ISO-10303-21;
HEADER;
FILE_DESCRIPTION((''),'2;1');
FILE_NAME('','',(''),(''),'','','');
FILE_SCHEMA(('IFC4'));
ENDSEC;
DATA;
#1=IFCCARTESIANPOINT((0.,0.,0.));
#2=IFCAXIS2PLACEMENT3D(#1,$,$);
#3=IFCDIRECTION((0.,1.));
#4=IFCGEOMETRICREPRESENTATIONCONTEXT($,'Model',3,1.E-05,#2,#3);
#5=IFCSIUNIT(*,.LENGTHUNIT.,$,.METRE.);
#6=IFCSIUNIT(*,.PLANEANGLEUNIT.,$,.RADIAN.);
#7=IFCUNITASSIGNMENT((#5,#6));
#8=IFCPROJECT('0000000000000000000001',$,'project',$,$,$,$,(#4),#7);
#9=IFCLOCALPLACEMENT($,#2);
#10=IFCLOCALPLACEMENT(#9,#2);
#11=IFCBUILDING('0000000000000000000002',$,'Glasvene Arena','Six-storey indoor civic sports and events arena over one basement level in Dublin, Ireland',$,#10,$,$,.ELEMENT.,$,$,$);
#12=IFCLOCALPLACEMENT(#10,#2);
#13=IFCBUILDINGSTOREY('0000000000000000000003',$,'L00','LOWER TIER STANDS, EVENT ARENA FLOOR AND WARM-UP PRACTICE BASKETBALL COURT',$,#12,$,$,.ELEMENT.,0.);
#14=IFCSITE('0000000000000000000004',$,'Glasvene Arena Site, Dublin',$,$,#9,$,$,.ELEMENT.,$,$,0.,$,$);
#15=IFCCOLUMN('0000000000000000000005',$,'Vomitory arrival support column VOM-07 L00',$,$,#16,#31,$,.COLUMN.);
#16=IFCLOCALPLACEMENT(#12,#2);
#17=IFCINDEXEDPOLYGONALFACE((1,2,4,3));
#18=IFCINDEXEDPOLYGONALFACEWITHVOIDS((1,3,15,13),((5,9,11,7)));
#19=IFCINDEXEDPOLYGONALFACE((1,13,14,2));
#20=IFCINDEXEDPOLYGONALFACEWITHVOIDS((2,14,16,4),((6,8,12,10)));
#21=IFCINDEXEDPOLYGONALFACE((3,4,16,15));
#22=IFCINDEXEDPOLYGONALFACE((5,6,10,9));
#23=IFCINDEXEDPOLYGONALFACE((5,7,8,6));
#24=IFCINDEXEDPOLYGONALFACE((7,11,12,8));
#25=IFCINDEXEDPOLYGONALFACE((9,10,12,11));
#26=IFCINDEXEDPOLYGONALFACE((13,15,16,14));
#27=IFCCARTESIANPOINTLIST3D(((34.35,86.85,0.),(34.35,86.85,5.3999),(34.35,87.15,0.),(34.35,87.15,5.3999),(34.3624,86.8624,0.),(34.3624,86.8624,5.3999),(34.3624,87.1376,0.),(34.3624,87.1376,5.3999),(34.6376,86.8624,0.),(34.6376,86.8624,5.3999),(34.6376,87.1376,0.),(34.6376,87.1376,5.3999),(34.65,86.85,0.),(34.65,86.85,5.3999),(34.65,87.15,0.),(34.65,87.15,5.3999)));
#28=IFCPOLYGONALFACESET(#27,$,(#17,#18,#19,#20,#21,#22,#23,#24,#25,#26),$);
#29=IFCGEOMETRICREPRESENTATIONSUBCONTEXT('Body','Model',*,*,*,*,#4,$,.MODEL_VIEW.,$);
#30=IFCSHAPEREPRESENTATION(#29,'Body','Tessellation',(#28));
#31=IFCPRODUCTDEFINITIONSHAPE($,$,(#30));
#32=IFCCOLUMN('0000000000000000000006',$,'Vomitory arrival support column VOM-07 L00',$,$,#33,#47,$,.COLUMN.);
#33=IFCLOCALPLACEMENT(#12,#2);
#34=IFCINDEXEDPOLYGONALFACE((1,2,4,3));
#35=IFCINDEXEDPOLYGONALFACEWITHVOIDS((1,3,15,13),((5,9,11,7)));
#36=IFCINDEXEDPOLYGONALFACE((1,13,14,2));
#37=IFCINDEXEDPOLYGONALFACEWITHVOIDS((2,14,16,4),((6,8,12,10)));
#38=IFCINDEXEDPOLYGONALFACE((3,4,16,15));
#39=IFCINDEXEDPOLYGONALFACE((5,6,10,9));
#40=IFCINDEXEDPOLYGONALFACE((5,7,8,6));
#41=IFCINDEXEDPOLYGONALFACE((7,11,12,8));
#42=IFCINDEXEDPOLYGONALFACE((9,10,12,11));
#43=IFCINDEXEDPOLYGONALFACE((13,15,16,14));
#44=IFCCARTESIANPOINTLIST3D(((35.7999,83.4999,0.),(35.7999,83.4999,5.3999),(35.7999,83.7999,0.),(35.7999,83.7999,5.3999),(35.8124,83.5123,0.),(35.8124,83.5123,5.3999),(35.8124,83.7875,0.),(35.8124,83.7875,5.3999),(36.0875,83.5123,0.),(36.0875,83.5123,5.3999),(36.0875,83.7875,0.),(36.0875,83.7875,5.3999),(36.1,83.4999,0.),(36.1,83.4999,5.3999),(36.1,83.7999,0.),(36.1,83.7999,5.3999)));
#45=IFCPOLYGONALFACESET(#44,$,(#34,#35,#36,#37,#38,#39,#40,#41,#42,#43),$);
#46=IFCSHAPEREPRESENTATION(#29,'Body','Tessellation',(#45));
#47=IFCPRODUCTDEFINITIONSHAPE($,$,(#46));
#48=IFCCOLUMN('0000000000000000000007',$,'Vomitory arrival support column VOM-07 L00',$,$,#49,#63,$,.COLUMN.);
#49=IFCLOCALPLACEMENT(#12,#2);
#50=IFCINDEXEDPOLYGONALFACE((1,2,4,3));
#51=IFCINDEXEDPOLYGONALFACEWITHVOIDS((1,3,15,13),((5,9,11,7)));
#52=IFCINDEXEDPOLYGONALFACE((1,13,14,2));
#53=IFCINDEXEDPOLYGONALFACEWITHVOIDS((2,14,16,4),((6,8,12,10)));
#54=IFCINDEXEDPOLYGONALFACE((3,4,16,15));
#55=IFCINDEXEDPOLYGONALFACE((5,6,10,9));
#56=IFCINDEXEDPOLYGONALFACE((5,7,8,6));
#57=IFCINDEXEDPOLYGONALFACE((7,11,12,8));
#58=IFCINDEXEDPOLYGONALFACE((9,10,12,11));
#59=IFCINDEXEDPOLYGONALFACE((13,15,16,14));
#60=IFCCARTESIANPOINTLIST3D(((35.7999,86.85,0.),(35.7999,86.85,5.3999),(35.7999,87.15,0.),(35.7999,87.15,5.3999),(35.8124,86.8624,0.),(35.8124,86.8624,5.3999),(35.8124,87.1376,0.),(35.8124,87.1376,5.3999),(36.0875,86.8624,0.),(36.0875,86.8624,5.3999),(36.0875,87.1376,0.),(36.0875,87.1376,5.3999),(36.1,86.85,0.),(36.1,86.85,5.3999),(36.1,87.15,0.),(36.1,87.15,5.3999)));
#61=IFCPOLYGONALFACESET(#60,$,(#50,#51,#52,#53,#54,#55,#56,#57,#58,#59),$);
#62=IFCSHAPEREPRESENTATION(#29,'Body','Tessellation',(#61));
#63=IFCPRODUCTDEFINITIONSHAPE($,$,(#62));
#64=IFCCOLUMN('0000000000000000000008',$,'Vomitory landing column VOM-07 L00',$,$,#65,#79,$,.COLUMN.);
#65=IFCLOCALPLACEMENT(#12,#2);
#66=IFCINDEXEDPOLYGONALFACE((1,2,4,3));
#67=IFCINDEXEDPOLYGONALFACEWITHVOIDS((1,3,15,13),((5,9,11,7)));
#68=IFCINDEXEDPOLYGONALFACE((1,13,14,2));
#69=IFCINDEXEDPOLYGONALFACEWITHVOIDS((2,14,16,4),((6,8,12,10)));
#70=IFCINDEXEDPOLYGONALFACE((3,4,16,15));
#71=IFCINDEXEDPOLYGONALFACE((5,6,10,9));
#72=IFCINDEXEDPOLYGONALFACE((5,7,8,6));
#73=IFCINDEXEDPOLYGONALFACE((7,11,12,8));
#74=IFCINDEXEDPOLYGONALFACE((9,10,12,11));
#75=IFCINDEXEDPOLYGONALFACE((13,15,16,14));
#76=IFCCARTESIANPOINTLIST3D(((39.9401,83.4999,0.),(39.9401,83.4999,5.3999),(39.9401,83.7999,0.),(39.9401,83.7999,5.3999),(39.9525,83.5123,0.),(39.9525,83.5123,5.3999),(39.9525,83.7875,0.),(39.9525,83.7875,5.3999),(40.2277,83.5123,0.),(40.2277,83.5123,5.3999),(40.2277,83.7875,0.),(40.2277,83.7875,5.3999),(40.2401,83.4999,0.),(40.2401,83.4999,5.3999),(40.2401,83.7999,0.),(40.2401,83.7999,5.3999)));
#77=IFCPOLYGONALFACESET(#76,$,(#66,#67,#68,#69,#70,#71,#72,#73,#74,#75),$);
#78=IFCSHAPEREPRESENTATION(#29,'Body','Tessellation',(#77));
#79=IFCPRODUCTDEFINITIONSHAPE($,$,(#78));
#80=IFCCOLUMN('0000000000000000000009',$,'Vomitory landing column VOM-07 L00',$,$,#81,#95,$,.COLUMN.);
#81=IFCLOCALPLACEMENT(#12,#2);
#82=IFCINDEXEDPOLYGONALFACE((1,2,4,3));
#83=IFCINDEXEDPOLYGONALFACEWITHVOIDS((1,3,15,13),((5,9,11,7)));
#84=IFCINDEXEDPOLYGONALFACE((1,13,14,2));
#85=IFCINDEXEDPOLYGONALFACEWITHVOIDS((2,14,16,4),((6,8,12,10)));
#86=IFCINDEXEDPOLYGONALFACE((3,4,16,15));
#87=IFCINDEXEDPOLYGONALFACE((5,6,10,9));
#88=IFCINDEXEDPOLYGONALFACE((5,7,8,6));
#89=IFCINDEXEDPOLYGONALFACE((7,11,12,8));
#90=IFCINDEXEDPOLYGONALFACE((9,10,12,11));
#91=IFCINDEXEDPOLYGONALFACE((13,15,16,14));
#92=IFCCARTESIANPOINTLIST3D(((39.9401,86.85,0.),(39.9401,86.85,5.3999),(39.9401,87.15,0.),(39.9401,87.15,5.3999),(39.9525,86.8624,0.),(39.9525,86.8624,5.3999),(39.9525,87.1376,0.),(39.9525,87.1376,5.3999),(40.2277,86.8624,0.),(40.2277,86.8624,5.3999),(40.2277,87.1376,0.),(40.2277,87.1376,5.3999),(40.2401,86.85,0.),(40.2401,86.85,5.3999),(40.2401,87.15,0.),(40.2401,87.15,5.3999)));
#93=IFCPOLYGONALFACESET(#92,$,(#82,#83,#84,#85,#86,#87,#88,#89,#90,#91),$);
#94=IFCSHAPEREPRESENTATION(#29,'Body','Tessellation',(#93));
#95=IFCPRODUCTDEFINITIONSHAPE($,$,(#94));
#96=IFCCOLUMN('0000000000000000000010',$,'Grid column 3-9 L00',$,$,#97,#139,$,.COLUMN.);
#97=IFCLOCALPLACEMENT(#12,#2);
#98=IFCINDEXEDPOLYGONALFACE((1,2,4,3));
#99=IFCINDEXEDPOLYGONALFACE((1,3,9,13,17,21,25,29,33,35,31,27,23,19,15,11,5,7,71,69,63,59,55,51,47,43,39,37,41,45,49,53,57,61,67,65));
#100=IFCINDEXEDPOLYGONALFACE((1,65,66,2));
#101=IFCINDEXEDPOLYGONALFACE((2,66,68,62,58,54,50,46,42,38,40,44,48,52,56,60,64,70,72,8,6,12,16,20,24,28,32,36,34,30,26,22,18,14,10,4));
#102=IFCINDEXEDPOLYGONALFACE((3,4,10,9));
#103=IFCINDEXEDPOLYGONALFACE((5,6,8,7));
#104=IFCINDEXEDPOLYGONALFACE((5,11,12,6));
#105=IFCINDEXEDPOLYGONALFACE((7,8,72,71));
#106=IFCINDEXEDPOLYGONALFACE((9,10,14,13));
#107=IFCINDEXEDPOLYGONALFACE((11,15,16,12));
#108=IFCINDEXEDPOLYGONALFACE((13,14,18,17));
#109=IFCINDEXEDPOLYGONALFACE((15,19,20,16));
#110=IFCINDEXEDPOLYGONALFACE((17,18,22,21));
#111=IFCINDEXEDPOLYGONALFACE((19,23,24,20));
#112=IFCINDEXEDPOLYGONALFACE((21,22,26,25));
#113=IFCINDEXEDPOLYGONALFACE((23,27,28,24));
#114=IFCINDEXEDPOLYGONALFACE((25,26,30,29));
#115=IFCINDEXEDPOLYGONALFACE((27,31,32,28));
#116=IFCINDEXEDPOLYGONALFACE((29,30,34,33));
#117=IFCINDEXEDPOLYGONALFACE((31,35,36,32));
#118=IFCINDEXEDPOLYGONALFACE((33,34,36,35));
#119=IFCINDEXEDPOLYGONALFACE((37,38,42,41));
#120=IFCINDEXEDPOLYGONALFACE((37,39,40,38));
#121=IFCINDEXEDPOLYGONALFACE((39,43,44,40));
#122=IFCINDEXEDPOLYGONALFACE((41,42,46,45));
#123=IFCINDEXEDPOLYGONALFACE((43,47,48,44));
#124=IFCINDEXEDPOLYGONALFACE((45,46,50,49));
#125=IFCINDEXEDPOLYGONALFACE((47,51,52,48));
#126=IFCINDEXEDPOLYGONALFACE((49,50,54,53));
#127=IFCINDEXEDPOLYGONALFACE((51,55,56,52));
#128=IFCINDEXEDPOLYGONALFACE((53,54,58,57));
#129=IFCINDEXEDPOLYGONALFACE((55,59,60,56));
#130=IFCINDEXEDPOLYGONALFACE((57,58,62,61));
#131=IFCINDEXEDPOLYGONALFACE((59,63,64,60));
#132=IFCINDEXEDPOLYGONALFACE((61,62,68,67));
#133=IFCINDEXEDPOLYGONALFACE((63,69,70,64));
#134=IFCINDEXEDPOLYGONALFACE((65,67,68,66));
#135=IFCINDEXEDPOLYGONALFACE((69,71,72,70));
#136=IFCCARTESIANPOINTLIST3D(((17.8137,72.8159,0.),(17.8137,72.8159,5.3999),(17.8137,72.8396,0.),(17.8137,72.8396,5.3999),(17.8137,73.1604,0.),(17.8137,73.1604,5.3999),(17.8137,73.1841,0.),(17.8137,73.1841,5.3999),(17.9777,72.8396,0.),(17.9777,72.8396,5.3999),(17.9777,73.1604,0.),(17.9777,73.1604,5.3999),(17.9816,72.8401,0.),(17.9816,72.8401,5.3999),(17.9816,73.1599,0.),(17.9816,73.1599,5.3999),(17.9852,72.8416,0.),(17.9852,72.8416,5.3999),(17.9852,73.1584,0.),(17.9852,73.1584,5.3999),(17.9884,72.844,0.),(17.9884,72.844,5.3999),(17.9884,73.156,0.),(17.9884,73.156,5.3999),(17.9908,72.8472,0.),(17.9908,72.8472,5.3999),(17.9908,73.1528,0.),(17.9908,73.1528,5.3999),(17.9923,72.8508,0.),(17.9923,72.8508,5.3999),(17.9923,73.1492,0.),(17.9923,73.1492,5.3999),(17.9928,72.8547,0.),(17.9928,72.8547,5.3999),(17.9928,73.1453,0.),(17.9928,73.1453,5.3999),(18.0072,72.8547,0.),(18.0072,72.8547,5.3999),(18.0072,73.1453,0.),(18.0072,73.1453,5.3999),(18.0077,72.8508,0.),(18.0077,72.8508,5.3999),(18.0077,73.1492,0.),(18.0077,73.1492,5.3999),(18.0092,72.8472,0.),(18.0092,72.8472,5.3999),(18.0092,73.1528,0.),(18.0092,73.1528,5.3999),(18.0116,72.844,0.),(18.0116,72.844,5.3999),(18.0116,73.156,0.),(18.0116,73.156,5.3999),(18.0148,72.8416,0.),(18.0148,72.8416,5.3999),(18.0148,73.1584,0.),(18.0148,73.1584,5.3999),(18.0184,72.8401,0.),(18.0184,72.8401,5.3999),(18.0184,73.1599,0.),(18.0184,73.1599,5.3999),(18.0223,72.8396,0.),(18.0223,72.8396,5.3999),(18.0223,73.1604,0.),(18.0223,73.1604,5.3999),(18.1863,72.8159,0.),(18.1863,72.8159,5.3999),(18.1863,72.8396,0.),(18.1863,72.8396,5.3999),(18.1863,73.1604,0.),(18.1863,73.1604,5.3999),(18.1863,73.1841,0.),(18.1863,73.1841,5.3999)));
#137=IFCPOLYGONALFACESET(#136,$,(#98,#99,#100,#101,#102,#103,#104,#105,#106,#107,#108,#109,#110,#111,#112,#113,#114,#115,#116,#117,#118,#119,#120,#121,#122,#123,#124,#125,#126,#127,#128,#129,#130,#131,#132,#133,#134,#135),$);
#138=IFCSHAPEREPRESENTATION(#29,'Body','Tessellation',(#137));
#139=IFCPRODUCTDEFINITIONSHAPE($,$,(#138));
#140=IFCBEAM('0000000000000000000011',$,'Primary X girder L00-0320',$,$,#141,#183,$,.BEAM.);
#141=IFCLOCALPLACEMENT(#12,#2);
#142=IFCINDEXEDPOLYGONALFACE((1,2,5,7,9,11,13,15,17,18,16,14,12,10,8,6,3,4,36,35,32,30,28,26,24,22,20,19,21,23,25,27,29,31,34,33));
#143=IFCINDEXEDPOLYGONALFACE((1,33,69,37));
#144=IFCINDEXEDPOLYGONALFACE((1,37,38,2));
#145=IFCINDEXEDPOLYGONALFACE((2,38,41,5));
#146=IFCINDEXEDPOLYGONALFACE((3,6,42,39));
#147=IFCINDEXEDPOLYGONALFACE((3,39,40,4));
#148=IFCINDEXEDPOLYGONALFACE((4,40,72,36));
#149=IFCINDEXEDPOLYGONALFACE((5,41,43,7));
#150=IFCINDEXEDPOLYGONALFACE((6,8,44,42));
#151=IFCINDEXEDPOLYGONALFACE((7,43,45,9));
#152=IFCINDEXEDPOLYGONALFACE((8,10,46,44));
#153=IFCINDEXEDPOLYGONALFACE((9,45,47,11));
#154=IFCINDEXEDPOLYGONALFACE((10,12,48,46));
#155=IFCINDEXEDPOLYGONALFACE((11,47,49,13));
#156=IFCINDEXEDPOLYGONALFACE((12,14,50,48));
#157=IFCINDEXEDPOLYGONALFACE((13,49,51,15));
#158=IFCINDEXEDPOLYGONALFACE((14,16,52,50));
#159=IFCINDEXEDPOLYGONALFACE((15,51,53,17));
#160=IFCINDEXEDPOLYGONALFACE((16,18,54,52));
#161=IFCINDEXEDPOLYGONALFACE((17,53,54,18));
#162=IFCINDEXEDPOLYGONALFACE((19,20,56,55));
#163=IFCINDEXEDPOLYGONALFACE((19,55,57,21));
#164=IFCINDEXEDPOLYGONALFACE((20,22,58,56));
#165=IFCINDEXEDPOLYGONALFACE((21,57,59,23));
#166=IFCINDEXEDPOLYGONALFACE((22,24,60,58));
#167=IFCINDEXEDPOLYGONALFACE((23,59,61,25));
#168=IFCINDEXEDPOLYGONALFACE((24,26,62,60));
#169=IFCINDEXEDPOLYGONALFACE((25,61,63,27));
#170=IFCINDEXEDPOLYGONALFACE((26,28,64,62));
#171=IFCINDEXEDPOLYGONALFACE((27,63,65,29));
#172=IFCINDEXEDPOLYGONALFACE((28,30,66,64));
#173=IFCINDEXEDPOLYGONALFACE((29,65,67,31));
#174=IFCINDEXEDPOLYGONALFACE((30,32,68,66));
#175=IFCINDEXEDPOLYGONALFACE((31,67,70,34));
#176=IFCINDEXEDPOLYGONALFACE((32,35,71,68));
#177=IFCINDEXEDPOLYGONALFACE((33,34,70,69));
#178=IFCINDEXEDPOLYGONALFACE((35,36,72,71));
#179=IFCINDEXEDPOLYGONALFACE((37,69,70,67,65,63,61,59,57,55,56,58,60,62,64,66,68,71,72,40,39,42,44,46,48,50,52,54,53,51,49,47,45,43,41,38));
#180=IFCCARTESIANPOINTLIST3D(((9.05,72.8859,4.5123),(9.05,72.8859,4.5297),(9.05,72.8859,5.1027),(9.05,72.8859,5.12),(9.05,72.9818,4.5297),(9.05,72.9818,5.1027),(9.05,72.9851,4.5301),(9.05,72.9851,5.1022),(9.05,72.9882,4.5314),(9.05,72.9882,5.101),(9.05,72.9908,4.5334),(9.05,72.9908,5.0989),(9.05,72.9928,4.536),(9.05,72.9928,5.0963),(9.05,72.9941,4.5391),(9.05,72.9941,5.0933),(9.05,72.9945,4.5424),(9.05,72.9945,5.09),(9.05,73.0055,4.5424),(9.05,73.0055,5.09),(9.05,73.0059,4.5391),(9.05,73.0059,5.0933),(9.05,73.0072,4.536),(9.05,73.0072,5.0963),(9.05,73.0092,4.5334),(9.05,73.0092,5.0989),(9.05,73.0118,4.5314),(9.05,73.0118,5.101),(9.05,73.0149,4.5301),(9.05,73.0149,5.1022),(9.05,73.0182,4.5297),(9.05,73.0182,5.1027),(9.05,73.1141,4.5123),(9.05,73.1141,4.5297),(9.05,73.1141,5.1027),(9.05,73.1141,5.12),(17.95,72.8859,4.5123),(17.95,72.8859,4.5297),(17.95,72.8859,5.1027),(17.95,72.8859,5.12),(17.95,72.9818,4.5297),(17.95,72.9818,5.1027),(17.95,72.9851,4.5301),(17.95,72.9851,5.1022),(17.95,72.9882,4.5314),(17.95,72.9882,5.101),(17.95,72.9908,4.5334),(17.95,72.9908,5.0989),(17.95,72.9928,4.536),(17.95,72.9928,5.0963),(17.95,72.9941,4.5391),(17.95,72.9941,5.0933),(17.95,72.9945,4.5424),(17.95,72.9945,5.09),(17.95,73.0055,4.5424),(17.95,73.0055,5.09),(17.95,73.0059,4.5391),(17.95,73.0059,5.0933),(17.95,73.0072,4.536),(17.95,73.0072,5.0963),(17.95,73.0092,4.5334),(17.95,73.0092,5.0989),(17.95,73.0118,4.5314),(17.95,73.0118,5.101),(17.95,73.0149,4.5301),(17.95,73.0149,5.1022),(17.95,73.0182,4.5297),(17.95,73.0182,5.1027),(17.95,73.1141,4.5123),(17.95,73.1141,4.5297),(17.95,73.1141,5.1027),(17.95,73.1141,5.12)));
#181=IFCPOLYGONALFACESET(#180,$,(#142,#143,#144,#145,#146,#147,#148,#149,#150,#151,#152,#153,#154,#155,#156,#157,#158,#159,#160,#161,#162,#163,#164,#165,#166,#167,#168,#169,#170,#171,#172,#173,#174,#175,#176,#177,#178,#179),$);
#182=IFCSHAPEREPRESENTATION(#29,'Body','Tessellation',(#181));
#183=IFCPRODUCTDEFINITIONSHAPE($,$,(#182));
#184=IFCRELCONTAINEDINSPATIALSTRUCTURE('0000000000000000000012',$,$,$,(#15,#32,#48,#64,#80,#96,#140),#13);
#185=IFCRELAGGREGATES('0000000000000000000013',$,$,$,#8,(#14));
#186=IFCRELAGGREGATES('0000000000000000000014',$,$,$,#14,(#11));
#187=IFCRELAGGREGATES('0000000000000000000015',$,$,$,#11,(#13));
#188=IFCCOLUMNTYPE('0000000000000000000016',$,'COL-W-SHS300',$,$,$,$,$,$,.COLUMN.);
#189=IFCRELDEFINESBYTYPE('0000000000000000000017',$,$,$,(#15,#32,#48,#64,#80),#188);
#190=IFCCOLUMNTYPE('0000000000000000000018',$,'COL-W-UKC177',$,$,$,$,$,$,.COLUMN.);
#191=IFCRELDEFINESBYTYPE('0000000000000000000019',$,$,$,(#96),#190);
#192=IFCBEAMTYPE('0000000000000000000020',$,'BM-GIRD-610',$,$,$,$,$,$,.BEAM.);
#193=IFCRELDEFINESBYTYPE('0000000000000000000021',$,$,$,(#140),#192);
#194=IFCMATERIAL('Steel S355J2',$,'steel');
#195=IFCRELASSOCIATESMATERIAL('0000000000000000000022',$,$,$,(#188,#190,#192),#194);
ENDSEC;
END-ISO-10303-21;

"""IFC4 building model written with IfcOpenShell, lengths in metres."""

from ifc_helpers import new_model, si_unit, direction, frame, origin, origin_2d, place, context, subcontext, project, spatial, hollow_rectangle, i_section, extrude, material, material_profile, profile_set, type_object, element, save


model = new_model("IFC4")

# Units and contexts
model_context = context("Model", 3, precision=1e-05, world=origin(), true_north=direction((0.0, 1.0)))
body_context = subcontext(model_context, "Body", "Model", "MODEL_VIEW")
ifc_project = project(units=[si_unit("LENGTHUNIT", "METRE"), si_unit("PLANEANGLEUNIT", "RADIAN")], contexts=[model_context])

# Site, building, storey
site_placement = place(None, origin())
site = spatial("IfcSite", under=ifc_project, at=site_placement, Name="Glasvene Arena Site, Dublin", CompositionType="ELEMENT", RefElevation=0.0)
building_placement = place(site_placement, origin())
building = spatial("IfcBuilding", under=site, at=building_placement, Name="Glasvene Arena", Description="Six-storey indoor civic sports and events arena over one basement level in Dublin, Ireland", CompositionType="ELEMENT")
storey_placement = place(building_placement, origin())
storey = spatial("IfcBuildingStorey", under=building, at=storey_placement, Name="L00", Description="LOWER TIER STANDS, EVENT ARENA FLOOR AND WARM-UP PRACTICE BASKETBALL COURT", CompositionType="ELEMENT", Elevation=0.0)

# Columns
ifc_material_1 = material(Name="Steel S355J2", Category="steel")
ifc_material_profile_1 = material_profile(ifc_material_1, hollow_rectangle(XDim=0.3, YDim=0.3, WallThickness=0.0125, at=origin_2d()), Name="SHS 300x300x12.5")
ifc_profile_set_1 = profile_set([ifc_material_profile_1], Name="Steel S355J2")
column_type_1 = type_object("IfcColumnType", Name="COL-W-SHS300", PredefinedType="COLUMN", material=ifc_profile_set_1)
for number, where, z_axis, x_axis, name in (
    (1, (34.5, 87.0, 0.0), (0.0, 0.0, 1.0), (1.0, 0.0, 0.0), "Vomitory arrival support column VOM-07 L00"),
    (2, (35.95, 83.6499, 0.0), (0.0, 0.0, 1.0), (1.0, 0.0, 0.0), "Vomitory arrival support column VOM-07 L00"),
    (3, (35.95, 87.0, 0.0), (0.0, 0.0, 1.0), (1.0, 0.0, 0.0), "Vomitory arrival support column VOM-07 L00"),
    (4, (40.0901, 83.6499, 0.0), (0.0, 0.0, 1.0), (1.0, 0.0, 0.0), "Vomitory landing column VOM-07 L00"),
    (5, (40.0901, 87.0, 0.0), (0.0, 0.0, 1.0), (1.0, 0.0, 0.0), "Vomitory landing column VOM-07 L00"),
):
    element("IfcColumn", number, at=place(storey_placement, frame(where, z_axis=z_axis, x_axis=x_axis)), inside=storey, type_object=column_type_1, Name=name, PredefinedType="COLUMN", context=body_context, shape_type="SweptSolid", body=[
        extrude(hollow_rectangle(XDim=0.3, YDim=0.3, WallThickness=0.0125, at=origin_2d()), origin(), (0.0, 0.0, 1.0), 5.3999),
    ])
ifc_material_profile_2 = material_profile(ifc_material_1, i_section(OverallWidth=0.3726, OverallDepth=0.3682, WebThickness=0.0144, FlangeThickness=0.0237, FilletRadius=0.0151, at=origin_2d()), Name="UKC 356x368x177")
ifc_profile_set_2 = profile_set([ifc_material_profile_2], Name="Steel S355J2")
column_type_2 = type_object("IfcColumnType", Name="COL-W-UKC177", PredefinedType="COLUMN", material=ifc_profile_set_2)
column_placement = place(storey_placement, frame((18.0, 73.0, 0.0), z_axis=(0.0, 0.0, 1.0), x_axis=(1.0, 0.0, 0.0)))
element("IfcColumn", 6, at=column_placement, inside=storey, type_object=column_type_2, Name="Grid column 3-9 L00", PredefinedType="COLUMN", context=body_context, shape_type="SweptSolid", body=[
    extrude(i_section(OverallWidth=0.3726, OverallDepth=0.3682, WebThickness=0.0144, FlangeThickness=0.0237, FilletRadius=0.0151, at=origin_2d()), origin(), (0.0, 0.0, 1.0), 5.3999),
])

# Beam
ifc_material_profile_3 = material_profile(ifc_material_1, i_section(OverallWidth=0.2283, OverallDepth=0.6077, WebThickness=0.011, FlangeThickness=0.0173, FilletRadius=0.0127, at=origin_2d()), Name="UKB 610x229x113")
ifc_profile_set_3 = profile_set([ifc_material_profile_3], Name="Steel S355J2")
beam_type_1 = type_object("IfcBeamType", Name="BM-GIRD-610", PredefinedType="BEAM", material=ifc_profile_set_3)
for number, where, z_axis, x_axis, name in (
    (7, (9.05, 73.0, 4.8162), (1.0, 0.0, 0.0), (0.0, 1.0, 0.0), "Primary X girder L00-0320"),
):
    element("IfcBeam", number, at=place(storey_placement, frame(where, z_axis=z_axis, x_axis=x_axis)), inside=storey, type_object=beam_type_1, Name=name, PredefinedType="BEAM", context=body_context, shape_type="SweptSolid", body=[
        extrude(i_section(OverallWidth=0.2283, OverallDepth=0.6077, WebThickness=0.011, FlangeThickness=0.0173, FilletRadius=0.0127, at=origin_2d()), origin(), (0.0, 0.0, 1.0), 8.8999),
    ])

save(model, "model.ifc")
